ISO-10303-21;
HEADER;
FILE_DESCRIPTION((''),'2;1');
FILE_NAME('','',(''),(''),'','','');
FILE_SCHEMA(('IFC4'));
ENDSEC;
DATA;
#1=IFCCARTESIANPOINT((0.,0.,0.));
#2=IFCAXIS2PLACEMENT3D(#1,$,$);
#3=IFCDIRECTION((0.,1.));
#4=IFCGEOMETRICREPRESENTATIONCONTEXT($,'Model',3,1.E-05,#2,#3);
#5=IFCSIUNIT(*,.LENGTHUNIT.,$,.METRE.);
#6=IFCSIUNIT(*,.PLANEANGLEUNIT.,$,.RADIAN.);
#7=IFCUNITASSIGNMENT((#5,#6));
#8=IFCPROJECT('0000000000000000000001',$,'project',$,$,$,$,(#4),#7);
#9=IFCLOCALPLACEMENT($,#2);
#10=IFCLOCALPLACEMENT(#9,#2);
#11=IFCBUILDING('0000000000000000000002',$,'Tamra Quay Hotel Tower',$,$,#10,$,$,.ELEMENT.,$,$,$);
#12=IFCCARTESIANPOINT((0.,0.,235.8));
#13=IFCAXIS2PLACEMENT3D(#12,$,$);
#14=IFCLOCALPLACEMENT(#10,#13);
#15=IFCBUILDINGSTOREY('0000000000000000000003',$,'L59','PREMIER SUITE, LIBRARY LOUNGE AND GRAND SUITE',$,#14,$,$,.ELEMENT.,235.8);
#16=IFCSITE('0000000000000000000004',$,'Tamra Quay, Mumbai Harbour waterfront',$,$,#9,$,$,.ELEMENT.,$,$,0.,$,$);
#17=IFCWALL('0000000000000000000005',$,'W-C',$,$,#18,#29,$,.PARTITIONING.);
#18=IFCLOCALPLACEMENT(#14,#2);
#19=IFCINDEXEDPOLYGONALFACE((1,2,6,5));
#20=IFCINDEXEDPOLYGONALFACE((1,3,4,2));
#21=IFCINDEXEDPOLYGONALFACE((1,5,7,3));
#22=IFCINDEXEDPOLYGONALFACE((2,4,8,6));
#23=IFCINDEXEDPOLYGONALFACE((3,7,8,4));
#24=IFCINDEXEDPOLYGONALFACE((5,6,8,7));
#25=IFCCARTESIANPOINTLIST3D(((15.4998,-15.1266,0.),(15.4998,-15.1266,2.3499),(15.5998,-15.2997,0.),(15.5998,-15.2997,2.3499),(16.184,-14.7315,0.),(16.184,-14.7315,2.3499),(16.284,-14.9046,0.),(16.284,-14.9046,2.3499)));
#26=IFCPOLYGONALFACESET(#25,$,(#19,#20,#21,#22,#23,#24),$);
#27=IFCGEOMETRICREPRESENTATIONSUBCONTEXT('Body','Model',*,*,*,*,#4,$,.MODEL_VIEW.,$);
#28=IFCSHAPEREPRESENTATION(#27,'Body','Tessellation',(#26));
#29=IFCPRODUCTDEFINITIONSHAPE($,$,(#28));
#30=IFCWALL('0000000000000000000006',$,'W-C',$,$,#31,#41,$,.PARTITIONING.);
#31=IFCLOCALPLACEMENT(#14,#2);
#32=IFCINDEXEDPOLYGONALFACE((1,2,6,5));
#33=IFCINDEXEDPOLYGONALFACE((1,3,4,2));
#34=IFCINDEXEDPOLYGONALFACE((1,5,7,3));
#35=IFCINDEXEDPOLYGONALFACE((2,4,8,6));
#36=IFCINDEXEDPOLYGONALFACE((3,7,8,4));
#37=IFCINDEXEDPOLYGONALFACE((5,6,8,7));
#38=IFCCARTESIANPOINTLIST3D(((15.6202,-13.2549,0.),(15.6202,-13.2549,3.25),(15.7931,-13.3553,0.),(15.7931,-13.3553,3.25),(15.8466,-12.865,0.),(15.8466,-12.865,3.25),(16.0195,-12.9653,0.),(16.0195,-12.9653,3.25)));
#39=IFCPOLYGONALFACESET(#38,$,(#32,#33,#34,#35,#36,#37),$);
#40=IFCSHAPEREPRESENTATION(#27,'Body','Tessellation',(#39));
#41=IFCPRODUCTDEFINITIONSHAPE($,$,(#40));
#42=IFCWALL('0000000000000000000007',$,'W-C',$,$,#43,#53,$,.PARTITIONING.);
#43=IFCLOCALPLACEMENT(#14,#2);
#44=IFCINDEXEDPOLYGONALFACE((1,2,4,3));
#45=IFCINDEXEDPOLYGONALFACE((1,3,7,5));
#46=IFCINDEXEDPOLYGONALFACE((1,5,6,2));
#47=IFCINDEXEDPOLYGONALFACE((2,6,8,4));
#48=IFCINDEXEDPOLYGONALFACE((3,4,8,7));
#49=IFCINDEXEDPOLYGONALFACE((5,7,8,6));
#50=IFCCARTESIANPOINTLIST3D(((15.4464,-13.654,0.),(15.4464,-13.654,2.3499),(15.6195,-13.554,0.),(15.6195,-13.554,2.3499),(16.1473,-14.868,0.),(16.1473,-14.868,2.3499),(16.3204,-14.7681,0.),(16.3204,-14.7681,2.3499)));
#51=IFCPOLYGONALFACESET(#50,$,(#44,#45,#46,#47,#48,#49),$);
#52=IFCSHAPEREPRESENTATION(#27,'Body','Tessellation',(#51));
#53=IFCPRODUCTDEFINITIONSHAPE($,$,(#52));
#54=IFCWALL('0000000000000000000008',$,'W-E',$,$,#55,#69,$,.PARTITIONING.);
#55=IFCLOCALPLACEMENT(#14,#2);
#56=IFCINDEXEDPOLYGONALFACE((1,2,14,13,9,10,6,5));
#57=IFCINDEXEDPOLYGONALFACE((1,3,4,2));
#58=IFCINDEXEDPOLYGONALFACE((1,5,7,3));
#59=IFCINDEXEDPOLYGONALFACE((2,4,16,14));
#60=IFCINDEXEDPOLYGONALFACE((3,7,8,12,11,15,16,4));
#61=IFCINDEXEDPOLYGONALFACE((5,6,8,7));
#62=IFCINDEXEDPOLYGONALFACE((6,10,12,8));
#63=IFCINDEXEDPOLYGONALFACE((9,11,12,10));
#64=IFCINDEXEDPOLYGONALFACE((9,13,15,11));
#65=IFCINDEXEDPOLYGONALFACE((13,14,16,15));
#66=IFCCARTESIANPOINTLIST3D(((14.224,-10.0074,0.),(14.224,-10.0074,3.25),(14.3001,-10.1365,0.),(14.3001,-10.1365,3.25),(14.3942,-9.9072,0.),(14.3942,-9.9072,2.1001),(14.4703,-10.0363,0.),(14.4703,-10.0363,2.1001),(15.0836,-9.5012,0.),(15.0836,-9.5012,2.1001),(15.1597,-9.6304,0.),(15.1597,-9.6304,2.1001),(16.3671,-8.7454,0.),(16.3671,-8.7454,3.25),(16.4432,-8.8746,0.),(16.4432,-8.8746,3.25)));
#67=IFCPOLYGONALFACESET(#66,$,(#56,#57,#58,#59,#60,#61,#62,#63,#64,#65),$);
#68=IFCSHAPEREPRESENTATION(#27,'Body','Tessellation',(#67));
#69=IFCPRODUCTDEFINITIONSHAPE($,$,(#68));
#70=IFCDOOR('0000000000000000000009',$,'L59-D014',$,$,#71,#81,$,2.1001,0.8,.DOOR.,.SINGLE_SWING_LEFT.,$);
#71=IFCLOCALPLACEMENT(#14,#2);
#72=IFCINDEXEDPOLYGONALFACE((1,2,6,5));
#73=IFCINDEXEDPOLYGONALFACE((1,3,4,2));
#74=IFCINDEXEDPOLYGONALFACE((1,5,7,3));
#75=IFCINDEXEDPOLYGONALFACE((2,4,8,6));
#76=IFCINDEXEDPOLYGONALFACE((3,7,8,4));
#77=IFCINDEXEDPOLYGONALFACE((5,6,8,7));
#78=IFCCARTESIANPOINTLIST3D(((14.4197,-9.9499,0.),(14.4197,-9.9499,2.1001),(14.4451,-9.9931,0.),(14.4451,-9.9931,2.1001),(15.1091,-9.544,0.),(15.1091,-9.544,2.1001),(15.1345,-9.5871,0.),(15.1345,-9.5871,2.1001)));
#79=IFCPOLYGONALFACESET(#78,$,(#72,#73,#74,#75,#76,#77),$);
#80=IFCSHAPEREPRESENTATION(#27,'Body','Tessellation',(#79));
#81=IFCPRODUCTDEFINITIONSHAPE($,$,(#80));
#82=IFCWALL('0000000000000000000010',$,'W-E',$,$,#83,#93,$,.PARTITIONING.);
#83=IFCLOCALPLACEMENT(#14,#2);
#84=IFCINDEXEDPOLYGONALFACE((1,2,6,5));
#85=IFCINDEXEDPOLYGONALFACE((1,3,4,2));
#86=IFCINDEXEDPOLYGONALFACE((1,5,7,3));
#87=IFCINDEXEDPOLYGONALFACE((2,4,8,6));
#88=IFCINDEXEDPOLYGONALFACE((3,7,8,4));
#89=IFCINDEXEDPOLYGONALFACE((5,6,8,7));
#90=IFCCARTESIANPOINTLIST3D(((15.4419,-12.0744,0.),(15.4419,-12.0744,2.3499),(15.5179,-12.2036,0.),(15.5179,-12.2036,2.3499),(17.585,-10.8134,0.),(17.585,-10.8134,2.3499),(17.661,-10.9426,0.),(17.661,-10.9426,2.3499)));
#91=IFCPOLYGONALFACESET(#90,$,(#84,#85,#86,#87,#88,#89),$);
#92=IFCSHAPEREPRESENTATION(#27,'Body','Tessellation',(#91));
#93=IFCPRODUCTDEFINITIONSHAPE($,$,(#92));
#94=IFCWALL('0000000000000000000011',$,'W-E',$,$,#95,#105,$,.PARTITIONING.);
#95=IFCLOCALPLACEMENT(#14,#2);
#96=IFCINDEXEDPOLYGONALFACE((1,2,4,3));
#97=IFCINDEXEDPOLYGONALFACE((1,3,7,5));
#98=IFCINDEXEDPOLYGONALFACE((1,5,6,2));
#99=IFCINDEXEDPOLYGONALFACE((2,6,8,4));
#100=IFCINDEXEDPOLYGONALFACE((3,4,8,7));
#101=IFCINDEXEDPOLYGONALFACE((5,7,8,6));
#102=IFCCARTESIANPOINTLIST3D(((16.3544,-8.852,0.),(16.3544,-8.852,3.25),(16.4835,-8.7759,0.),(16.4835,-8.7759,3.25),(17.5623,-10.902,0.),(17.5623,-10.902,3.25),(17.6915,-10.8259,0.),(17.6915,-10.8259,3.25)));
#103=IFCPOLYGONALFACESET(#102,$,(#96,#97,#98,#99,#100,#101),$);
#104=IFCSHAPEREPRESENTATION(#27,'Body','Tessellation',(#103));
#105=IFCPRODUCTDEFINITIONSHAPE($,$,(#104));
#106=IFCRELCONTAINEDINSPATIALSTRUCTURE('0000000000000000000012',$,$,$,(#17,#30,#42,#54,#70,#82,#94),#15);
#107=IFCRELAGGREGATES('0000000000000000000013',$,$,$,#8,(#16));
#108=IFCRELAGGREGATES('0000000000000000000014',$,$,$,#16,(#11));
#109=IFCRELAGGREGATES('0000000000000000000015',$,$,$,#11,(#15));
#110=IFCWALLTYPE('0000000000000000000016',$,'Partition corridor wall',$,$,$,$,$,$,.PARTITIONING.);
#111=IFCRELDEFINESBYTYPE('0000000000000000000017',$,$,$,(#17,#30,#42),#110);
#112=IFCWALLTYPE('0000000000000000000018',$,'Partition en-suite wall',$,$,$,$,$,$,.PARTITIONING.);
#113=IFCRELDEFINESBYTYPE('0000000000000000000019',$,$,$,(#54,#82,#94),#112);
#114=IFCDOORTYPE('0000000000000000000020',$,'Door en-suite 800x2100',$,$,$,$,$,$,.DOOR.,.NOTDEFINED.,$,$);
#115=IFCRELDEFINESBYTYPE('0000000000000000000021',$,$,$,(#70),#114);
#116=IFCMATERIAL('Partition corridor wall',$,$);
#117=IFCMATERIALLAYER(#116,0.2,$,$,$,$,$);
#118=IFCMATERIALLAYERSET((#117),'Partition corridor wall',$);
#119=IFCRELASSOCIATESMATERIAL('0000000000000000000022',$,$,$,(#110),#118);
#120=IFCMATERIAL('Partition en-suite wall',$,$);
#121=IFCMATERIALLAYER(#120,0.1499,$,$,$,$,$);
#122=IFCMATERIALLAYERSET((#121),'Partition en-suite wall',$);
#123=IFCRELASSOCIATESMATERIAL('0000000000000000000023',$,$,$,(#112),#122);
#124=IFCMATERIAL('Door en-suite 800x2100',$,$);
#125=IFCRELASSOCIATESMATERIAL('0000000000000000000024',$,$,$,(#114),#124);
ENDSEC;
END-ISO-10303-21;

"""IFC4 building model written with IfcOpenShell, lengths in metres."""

from ifc_helpers import new_model, si_unit, direction, frame, frame_2d, origin, place, context, subcontext, project, spatial, rectangle, extrude, material, layer, layer_set, type_object, element, fill, save


model = new_model("IFC4")

# Units and contexts
model_context = context("Model", 3, precision=1e-05, world=origin(), true_north=direction((0.0, 1.0)))
body_context = subcontext(model_context, "Body", "Model", "MODEL_VIEW")
ifc_project = project(units=[si_unit("LENGTHUNIT", "METRE"), si_unit("PLANEANGLEUNIT", "RADIAN")], contexts=[model_context])

# Site, building, storey
site_placement = place(None, origin())
site = spatial("IfcSite", under=ifc_project, at=site_placement, Name="Tamra Quay, Mumbai Harbour waterfront", CompositionType="ELEMENT", RefElevation=0.0)
building_placement = place(site_placement, origin())
building = spatial("IfcBuilding", under=site, at=building_placement, Name="Tamra Quay Hotel Tower", CompositionType="ELEMENT")
storey_placement = place(building_placement, frame((0.0, 0.0, 235.8)))
storey = spatial("IfcBuildingStorey", under=building, at=storey_placement, Name="L59", Description="PREMIER SUITE, LIBRARY LOUNGE AND GRAND SUITE", CompositionType="ELEMENT", Elevation=235.8)

# Walls
ifc_material_1 = material(Name="Partition corridor wall")
ifc_layer_1 = layer(ifc_material_1, 0.2)
ifc_layer_set_1 = layer_set([ifc_layer_1], Name="Partition corridor wall")
wall_type_1 = type_object("IfcWallType", Name="Partition corridor wall", PredefinedType="PARTITIONING", material=ifc_layer_set_1)
wall_1_placement = place(storey_placement, frame((15.5498, -15.2131, 0.0), z_axis=(0.0, 0.0, 1.0), x_axis=(0.86599, 0.500061, 0.0)))
element("IfcWall", 1, at=wall_1_placement, inside=storey, type_object=wall_type_1, Name="W-C", PredefinedType="PARTITIONING", context=body_context, shape_type="SweptSolid", body=[
    extrude(rectangle(XDim=0.79, YDim=0.2, at=frame_2d((0.395, 0.0))), origin(), (0.0, 0.0, 1.0), 2.3499),
])
wall_2_placement = place(storey_placement, frame((15.9331, -12.915, 0.0), z_axis=(0.0, 0.0, 1.0), x_axis=(-0.502018, -0.864857, 0.0)))
element("IfcWall", 2, at=wall_2_placement, inside=storey, type_object=wall_type_1, Name="W-C", PredefinedType="PARTITIONING", context=body_context, shape_type="SweptSolid", body=[
    extrude(rectangle(XDim=0.4509, YDim=0.2, at=frame_2d((0.2256, 0.0))), origin(), (0.0, 0.0, 1.0), 3.25),
])
wall_3_placement = place(storey_placement, frame((15.533, -13.604, 0.0), z_axis=(0.0, 0.0, 1.0), x_axis=(0.499979, -0.866038, 0.0)))
element("IfcWall", 3, at=wall_3_placement, inside=storey, type_object=wall_type_1, Name="W-C", PredefinedType="PARTITIONING", context=body_context, shape_type="SweptSolid", body=[
    extrude(rectangle(XDim=1.4019, YDim=0.2, at=frame_2d((0.7009, 0.0))), origin(), (0.0, 0.0, 1.0), 2.3499),
])

# Wall, opening, door
ifc_material_2 = material(Name="Partition en-suite wall")
ifc_layer_2 = layer(ifc_material_2, 0.1499)
ifc_layer_set_2 = layer_set([ifc_layer_2], Name="Partition en-suite wall")
wall_type_2 = type_object("IfcWallType", Name="Partition en-suite wall", PredefinedType="PARTITIONING", material=ifc_layer_set_2)
wall_4_placement = place(storey_placement, frame((14.262, -10.072, 0.0), z_axis=(0.0, 0.0, 1.0), x_axis=(0.861699, 0.507419, 0.0)))
wall_4 = element("IfcWall", 4, at=wall_4_placement, inside=storey, type_object=wall_type_2, Name="W-E", PredefinedType="PARTITIONING", context=body_context, shape_type="SweptSolid", body=[
    extrude(rectangle(XDim=2.4871, YDim=0.1499, at=frame_2d((1.2437, 0.0))), origin(), (0.0, 0.0, 1.0), 3.25),
])
opening_1_placement = place(wall_4_placement, frame((0.1978, 0.0, 0.0)))
opening_1 = element("IfcOpeningElement", 5, at=opening_1_placement, cuts=wall_4, PredefinedType="OPENING", context=body_context, shape_type="SweptSolid", body=[
    extrude(rectangle(XDim=0.8, YDim=2.1001, at=frame_2d((0.3999, 1.05))), frame((0.0, 0.085, 0.0), z_axis=(0.0, -1.0, 0.0), x_axis=(1.0, 0.0, 0.0)), (0.0, 0.0, 1.0), 0.1699),
])
ifc_material_3 = material(Name="Door en-suite 800x2100")
door_type_1 = type_object("IfcDoorType", Name="Door en-suite 800x2100", OperationType="NOTDEFINED", PredefinedType="DOOR", material=ifc_material_3)
door_1_placement = place(opening_1_placement, frame((0.8, 0.0, 0.0), z_axis=(0.0, 0.0, 1.0), x_axis=(-1.0, 0.0, 0.0)))
door_1 = element("IfcDoor", 6, at=door_1_placement, inside=storey, type_object=door_type_1, Name="L59-D014", OperationType="SINGLE_SWING_LEFT", OverallHeight=2.1001, OverallWidth=0.8, PredefinedType="DOOR", context=body_context, shape_type="SweptSolid", body=[
    extrude(rectangle(XDim=0.8, YDim=2.1001, at=frame_2d((0.3999, 1.05))), frame((0.0, 0.0249, 0.0), z_axis=(0.0, -1.0, 0.0), x_axis=(1.0, 0.0, 0.0)), (0.0, 0.0, 1.0), 0.05),
])
fill(opening_1, door_1)

# Walls
wall_5_placement = place(storey_placement, frame((15.48, -12.1389, 0.0), z_axis=(0.0, 0.0, 1.0), x_axis=(0.861871, 0.507127, 0.0)))
element("IfcWall", 7, at=wall_5_placement, inside=storey, type_object=wall_type_2, Name="W-E", PredefinedType="PARTITIONING", context=body_context, shape_type="SweptSolid", body=[
    extrude(rectangle(XDim=2.4866, YDim=0.1499, at=frame_2d((1.2432, 0.0))), origin(), (0.0, 0.0, 1.0), 2.3499),
])
wall_6_placement = place(storey_placement, frame((16.4189, -8.814, 0.0), z_axis=(0.0, 0.0, 1.0), x_axis=(0.507675, -0.861549, 0.0)))
element("IfcWall", 8, at=wall_6_placement, inside=storey, type_object=wall_type_2, Name="W-E", PredefinedType="PARTITIONING", context=body_context, shape_type="SweptSolid", body=[
    extrude(rectangle(XDim=2.3794, YDim=0.1499, at=frame_2d((1.1897, 0.0))), origin(), (0.0, 0.0, 1.0), 3.25),
])

save(model, "model.ifc")
